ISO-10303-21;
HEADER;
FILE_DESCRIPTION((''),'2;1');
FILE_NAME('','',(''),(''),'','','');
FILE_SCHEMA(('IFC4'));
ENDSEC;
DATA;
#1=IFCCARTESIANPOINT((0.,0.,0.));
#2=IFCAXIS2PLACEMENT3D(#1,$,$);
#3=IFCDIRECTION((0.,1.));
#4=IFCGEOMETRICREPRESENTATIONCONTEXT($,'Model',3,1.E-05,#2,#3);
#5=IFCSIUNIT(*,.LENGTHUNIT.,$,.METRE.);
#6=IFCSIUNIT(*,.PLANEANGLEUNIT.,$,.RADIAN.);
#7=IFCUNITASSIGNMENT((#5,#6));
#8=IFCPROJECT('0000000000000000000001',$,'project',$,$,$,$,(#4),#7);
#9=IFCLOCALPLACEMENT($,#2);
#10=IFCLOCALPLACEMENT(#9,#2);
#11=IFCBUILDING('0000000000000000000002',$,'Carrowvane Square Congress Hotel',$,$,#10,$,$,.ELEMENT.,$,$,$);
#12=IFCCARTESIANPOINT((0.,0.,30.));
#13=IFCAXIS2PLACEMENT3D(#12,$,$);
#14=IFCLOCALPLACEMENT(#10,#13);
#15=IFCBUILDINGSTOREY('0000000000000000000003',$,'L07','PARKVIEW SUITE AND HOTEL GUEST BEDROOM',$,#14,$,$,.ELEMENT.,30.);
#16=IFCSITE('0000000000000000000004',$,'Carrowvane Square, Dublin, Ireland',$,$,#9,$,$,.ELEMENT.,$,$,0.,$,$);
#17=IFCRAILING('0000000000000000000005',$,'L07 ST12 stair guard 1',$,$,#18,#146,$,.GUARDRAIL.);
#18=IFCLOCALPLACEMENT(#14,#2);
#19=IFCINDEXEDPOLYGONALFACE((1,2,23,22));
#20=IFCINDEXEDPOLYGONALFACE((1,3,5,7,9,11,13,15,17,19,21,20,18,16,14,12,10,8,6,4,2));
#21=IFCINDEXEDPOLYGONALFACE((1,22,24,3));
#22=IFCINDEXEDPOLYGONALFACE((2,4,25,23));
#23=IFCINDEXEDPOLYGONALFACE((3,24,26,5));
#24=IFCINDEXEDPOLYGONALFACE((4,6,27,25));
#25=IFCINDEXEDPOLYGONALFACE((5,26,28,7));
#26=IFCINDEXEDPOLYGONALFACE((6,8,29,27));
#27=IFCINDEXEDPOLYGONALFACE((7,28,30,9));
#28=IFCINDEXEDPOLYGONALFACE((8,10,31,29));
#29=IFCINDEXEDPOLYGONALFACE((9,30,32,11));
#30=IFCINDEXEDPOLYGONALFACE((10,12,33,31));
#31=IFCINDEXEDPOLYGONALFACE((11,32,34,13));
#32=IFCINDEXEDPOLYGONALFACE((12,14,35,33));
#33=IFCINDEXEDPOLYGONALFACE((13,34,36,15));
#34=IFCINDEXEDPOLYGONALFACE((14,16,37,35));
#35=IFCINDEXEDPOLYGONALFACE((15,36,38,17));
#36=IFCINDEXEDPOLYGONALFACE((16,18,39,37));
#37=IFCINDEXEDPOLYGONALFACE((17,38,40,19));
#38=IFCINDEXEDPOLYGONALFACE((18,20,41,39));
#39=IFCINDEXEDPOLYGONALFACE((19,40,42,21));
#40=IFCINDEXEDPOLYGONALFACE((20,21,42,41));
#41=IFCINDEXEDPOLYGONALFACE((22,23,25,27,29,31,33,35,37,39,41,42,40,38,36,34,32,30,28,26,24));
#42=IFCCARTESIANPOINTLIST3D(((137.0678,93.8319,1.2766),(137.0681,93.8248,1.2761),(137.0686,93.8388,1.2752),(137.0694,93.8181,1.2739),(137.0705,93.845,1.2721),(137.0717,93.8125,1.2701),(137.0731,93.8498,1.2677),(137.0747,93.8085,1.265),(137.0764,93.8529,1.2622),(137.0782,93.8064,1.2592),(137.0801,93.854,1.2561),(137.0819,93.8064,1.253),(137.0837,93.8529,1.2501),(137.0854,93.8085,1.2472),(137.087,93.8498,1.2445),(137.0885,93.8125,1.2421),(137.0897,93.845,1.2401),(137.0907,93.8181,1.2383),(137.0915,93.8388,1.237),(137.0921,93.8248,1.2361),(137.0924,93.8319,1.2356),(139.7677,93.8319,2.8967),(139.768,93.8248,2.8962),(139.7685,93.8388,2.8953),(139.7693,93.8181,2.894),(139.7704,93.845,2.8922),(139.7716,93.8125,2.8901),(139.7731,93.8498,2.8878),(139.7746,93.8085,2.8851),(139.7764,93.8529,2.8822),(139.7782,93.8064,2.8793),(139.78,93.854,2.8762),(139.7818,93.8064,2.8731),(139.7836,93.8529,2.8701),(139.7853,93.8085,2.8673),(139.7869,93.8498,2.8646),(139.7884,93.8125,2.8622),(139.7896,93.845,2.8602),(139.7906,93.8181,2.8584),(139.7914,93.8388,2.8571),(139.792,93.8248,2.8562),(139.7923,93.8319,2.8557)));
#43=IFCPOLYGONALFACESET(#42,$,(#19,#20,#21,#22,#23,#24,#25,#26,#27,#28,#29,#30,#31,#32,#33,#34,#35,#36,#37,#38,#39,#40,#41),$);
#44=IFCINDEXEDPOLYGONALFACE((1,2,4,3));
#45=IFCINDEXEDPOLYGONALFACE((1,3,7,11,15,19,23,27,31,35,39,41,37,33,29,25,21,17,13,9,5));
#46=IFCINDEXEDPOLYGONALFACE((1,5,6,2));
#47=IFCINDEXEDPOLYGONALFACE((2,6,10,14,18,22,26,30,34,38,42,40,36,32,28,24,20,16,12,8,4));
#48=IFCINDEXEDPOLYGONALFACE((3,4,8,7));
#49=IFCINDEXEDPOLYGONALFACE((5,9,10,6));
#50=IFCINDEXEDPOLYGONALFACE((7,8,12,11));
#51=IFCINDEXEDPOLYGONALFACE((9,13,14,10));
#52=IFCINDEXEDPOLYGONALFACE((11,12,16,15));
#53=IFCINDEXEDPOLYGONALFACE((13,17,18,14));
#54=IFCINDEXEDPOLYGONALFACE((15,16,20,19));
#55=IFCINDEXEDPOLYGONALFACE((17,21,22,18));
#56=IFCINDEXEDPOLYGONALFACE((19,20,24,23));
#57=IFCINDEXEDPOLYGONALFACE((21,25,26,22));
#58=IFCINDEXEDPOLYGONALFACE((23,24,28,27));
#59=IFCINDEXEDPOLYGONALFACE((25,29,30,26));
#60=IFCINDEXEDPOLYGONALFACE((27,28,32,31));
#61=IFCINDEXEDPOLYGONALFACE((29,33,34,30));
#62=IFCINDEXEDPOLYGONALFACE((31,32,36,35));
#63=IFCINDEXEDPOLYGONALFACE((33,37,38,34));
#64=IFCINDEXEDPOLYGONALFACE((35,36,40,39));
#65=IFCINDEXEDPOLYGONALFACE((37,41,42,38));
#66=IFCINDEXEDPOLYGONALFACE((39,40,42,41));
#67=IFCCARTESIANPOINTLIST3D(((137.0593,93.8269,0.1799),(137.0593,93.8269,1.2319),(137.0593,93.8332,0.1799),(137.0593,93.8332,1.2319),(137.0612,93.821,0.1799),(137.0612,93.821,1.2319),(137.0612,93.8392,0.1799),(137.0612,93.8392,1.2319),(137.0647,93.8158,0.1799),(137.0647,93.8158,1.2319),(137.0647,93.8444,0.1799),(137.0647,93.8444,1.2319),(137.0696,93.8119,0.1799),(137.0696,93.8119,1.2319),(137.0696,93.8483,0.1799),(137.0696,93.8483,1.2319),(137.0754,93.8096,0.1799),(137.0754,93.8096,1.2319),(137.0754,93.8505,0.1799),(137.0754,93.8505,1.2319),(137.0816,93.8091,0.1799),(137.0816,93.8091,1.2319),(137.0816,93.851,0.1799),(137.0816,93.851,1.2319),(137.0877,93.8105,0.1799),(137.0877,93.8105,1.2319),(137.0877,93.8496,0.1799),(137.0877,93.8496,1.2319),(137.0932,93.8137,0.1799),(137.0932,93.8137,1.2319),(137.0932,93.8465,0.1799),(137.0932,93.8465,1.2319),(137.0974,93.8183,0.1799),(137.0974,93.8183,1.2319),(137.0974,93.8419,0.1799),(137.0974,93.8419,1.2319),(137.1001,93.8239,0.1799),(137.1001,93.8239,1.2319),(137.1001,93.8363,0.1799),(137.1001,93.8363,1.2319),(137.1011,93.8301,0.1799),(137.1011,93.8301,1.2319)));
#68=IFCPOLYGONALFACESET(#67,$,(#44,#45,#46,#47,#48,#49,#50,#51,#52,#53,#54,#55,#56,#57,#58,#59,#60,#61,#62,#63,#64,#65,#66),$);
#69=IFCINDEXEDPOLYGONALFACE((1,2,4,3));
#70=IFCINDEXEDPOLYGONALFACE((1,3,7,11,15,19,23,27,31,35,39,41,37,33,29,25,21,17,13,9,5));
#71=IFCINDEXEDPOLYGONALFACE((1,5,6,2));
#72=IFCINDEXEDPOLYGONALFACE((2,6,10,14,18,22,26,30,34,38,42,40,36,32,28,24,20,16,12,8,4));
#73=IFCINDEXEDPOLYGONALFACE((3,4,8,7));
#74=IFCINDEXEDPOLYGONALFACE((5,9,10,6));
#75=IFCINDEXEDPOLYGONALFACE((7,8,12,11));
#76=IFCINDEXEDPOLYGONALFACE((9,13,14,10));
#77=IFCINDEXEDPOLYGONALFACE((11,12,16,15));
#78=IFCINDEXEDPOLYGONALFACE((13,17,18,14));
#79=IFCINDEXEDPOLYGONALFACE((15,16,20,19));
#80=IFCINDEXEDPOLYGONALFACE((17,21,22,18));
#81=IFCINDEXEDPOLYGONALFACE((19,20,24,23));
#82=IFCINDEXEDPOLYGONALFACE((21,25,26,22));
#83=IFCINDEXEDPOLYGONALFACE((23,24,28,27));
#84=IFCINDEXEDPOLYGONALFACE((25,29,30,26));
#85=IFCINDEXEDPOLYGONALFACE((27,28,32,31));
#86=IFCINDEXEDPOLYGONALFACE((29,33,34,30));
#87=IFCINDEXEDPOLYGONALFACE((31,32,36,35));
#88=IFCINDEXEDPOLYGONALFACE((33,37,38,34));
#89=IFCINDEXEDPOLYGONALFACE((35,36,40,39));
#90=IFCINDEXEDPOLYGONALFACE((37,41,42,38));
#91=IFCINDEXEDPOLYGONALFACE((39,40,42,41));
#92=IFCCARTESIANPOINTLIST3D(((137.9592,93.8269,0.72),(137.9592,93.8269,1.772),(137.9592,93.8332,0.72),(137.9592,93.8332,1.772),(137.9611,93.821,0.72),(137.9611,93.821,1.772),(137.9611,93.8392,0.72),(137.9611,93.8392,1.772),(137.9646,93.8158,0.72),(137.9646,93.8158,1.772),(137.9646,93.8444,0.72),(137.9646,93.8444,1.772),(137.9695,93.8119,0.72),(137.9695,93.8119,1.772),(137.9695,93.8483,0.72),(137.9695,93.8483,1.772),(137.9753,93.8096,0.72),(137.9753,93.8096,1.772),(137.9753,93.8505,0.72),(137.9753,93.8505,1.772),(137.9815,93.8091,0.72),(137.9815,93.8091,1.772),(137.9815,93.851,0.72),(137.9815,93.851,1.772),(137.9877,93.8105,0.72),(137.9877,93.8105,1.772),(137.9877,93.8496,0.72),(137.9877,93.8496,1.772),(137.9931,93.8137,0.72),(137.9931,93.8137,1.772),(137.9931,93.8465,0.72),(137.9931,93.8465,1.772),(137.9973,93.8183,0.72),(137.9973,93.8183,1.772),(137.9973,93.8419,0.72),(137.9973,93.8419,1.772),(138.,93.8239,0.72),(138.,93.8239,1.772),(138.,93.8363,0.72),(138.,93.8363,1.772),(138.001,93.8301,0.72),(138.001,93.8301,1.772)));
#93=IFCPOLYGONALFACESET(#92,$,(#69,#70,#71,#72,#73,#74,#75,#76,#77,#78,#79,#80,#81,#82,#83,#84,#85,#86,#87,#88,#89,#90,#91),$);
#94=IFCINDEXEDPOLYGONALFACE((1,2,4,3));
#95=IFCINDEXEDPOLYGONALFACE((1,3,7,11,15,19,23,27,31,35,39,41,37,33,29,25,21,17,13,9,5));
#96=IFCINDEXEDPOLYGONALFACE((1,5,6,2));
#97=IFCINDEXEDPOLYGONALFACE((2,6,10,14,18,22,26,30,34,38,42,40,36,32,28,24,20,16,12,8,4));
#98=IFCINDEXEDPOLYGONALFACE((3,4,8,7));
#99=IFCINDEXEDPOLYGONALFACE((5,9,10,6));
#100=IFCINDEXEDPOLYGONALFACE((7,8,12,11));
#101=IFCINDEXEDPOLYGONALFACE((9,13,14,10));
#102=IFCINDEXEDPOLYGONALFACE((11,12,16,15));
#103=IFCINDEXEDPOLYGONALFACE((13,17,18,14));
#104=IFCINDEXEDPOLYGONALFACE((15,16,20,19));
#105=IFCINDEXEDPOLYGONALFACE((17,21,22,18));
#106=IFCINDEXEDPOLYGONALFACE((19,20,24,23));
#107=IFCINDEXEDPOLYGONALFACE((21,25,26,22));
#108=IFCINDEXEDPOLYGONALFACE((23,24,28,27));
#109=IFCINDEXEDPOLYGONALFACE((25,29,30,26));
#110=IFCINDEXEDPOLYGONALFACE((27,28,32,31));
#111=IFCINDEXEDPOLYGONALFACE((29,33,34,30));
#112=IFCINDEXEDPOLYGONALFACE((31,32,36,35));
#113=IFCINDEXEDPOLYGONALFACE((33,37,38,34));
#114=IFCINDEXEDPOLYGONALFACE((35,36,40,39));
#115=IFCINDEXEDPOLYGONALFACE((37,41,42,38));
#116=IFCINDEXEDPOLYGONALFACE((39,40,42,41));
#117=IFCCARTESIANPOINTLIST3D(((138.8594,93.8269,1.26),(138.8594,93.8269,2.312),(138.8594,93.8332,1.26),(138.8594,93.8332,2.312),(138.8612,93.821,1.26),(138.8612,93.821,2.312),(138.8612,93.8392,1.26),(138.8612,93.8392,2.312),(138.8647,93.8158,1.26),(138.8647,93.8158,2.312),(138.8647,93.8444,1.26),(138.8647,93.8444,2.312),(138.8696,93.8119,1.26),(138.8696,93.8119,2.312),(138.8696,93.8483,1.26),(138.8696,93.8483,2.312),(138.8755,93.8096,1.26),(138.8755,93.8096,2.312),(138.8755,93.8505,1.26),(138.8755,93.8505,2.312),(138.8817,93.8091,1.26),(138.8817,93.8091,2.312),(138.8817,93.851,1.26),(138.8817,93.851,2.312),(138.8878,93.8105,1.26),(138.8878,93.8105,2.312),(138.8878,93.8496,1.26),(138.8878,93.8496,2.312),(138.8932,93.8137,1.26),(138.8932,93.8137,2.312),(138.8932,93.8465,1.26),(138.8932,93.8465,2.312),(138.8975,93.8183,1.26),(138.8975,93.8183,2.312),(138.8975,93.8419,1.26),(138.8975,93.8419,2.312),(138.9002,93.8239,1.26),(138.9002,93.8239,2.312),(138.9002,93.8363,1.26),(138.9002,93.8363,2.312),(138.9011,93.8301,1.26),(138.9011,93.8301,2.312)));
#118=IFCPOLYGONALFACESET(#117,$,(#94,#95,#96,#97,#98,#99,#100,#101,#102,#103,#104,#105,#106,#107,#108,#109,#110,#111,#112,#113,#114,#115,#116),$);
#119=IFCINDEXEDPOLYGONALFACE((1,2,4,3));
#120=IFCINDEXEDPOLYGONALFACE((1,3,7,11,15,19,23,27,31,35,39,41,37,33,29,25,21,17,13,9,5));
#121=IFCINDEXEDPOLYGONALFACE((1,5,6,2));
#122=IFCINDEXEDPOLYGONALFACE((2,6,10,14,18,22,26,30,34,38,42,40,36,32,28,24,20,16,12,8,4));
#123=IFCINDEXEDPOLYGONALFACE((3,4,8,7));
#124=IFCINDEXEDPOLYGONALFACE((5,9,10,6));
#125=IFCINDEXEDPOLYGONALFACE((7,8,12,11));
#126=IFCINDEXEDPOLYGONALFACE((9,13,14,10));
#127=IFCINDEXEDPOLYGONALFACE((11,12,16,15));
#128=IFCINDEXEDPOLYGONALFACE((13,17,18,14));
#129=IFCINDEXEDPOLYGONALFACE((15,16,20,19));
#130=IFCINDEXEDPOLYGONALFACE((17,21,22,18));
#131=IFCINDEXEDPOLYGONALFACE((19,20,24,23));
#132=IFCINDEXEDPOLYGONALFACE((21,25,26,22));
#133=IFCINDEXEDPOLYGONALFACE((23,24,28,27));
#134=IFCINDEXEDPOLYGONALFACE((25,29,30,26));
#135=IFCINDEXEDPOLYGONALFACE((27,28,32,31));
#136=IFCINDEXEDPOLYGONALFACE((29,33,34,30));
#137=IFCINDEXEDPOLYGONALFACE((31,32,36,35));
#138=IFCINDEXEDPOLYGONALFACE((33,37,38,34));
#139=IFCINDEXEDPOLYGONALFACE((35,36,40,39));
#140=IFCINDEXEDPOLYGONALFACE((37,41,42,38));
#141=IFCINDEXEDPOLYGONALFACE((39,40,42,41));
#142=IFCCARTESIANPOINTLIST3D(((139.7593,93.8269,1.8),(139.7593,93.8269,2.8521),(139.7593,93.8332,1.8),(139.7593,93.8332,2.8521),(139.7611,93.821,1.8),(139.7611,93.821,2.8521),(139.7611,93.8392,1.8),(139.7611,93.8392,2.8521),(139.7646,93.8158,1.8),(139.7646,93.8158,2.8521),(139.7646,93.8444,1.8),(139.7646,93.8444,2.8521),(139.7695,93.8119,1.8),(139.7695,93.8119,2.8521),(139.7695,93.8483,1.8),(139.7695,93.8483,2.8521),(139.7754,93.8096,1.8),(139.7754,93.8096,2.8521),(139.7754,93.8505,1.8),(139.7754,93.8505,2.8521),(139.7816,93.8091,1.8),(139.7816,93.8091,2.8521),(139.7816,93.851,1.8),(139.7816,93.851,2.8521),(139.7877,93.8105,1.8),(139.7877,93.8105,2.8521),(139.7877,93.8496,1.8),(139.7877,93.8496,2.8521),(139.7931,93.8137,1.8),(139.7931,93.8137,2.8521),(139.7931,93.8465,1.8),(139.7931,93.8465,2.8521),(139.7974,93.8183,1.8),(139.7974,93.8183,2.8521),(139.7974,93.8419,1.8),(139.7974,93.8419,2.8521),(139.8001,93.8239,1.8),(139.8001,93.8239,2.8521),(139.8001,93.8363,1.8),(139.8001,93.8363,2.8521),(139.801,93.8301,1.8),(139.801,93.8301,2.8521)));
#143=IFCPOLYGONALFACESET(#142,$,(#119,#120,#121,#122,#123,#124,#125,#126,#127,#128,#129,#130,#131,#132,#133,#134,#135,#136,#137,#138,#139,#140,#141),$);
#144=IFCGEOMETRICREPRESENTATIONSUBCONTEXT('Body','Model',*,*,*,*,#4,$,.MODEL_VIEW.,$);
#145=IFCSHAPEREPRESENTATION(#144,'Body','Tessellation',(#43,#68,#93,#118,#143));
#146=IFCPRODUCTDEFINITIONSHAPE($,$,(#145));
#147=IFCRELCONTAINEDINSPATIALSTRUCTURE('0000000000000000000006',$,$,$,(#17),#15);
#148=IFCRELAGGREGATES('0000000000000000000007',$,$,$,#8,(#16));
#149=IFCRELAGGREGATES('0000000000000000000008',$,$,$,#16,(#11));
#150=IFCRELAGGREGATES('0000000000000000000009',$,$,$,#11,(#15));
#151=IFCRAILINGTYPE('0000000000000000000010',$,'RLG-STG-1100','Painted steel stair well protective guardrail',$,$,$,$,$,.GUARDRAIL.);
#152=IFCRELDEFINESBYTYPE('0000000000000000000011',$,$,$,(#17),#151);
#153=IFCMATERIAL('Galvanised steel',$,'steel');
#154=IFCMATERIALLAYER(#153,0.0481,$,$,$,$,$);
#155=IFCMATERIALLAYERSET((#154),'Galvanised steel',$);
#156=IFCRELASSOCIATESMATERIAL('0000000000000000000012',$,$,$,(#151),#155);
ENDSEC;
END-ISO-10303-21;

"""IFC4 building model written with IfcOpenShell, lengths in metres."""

from ifc_helpers import new_model, si_unit, direction, frame, origin, origin_2d, place, context, subcontext, project, spatial, circle, extrude, material, layer, layer_set, type_object, element, save


model = new_model("IFC4")

# Units and contexts
model_context = context("Model", 3, precision=1e-05, world=origin(), true_north=direction((0.0, 1.0)))
body_context = subcontext(model_context, "Body", "Model", "MODEL_VIEW")
ifc_project = project(units=[si_unit("LENGTHUNIT", "METRE"), si_unit("PLANEANGLEUNIT", "RADIAN")], contexts=[model_context])

# Site, building, storey
site_placement = place(None, origin())
site = spatial("IfcSite", under=ifc_project, at=site_placement, Name="Carrowvane Square, Dublin, Ireland", CompositionType="ELEMENT", RefElevation=0.0)
building_placement = place(site_placement, origin())
building = spatial("IfcBuilding", under=site, at=building_placement, Name="Carrowvane Square Congress Hotel", CompositionType="ELEMENT")
storey_placement = place(building_placement, frame((0.0, 0.0, 30.0)))
storey = spatial("IfcBuildingStorey", under=building, at=storey_placement, Name="L07", Description="PARKVIEW SUITE AND HOTEL GUEST BEDROOM", CompositionType="ELEMENT", Elevation=30.0)

# Railing
ifc_material_1 = material(Name="Galvanised steel", Category="steel")
ifc_layer_1 = layer(ifc_material_1, 0.0481)
ifc_layer_set_1 = layer_set([ifc_layer_1], Name="Galvanised steel")
railing_type_1 = type_object("IfcRailingType", Name="RLG-STG-1100", Description="Painted steel stair well protective guardrail", PredefinedType="GUARDRAIL", material=ifc_layer_set_1)
railing_1_placement = place(storey_placement, frame((137.0801, 93.8301, 0.1799)))
element("IfcRailing", 1, at=railing_1_placement, inside=storey, type_object=railing_type_1, Name="L07 ST12 stair guard 1", PredefinedType="GUARDRAIL", context=body_context, shape_type="SweptSolid", body=[
    extrude(circle(Radius=0.0239, at=origin_2d()), frame((0.0, 0.0, 1.0762), z_axis=(0.857472, 0.0, 0.51453), x_axis=(0.0, 1.0, 0.0)), (0.0, 0.0, 1.0), 3.1487),
    extrude(circle(Radius=0.021, at=origin_2d()), origin(), (0.0, 0.0, 1.0), 1.052),
    extrude(circle(Radius=0.021, at=origin_2d()), frame((0.8999, 0.0, 0.54)), (0.0, 0.0, 1.0), 1.052),
    extrude(circle(Radius=0.021, at=origin_2d()), frame((1.8, 0.0, 1.0801)), (0.0, 0.0, 1.0), 1.052),
    extrude(circle(Radius=0.021, at=origin_2d()), frame((2.7, 0.0, 1.6201)), (0.0, 0.0, 1.0), 1.052),
])

save(model, "model.ifc")
